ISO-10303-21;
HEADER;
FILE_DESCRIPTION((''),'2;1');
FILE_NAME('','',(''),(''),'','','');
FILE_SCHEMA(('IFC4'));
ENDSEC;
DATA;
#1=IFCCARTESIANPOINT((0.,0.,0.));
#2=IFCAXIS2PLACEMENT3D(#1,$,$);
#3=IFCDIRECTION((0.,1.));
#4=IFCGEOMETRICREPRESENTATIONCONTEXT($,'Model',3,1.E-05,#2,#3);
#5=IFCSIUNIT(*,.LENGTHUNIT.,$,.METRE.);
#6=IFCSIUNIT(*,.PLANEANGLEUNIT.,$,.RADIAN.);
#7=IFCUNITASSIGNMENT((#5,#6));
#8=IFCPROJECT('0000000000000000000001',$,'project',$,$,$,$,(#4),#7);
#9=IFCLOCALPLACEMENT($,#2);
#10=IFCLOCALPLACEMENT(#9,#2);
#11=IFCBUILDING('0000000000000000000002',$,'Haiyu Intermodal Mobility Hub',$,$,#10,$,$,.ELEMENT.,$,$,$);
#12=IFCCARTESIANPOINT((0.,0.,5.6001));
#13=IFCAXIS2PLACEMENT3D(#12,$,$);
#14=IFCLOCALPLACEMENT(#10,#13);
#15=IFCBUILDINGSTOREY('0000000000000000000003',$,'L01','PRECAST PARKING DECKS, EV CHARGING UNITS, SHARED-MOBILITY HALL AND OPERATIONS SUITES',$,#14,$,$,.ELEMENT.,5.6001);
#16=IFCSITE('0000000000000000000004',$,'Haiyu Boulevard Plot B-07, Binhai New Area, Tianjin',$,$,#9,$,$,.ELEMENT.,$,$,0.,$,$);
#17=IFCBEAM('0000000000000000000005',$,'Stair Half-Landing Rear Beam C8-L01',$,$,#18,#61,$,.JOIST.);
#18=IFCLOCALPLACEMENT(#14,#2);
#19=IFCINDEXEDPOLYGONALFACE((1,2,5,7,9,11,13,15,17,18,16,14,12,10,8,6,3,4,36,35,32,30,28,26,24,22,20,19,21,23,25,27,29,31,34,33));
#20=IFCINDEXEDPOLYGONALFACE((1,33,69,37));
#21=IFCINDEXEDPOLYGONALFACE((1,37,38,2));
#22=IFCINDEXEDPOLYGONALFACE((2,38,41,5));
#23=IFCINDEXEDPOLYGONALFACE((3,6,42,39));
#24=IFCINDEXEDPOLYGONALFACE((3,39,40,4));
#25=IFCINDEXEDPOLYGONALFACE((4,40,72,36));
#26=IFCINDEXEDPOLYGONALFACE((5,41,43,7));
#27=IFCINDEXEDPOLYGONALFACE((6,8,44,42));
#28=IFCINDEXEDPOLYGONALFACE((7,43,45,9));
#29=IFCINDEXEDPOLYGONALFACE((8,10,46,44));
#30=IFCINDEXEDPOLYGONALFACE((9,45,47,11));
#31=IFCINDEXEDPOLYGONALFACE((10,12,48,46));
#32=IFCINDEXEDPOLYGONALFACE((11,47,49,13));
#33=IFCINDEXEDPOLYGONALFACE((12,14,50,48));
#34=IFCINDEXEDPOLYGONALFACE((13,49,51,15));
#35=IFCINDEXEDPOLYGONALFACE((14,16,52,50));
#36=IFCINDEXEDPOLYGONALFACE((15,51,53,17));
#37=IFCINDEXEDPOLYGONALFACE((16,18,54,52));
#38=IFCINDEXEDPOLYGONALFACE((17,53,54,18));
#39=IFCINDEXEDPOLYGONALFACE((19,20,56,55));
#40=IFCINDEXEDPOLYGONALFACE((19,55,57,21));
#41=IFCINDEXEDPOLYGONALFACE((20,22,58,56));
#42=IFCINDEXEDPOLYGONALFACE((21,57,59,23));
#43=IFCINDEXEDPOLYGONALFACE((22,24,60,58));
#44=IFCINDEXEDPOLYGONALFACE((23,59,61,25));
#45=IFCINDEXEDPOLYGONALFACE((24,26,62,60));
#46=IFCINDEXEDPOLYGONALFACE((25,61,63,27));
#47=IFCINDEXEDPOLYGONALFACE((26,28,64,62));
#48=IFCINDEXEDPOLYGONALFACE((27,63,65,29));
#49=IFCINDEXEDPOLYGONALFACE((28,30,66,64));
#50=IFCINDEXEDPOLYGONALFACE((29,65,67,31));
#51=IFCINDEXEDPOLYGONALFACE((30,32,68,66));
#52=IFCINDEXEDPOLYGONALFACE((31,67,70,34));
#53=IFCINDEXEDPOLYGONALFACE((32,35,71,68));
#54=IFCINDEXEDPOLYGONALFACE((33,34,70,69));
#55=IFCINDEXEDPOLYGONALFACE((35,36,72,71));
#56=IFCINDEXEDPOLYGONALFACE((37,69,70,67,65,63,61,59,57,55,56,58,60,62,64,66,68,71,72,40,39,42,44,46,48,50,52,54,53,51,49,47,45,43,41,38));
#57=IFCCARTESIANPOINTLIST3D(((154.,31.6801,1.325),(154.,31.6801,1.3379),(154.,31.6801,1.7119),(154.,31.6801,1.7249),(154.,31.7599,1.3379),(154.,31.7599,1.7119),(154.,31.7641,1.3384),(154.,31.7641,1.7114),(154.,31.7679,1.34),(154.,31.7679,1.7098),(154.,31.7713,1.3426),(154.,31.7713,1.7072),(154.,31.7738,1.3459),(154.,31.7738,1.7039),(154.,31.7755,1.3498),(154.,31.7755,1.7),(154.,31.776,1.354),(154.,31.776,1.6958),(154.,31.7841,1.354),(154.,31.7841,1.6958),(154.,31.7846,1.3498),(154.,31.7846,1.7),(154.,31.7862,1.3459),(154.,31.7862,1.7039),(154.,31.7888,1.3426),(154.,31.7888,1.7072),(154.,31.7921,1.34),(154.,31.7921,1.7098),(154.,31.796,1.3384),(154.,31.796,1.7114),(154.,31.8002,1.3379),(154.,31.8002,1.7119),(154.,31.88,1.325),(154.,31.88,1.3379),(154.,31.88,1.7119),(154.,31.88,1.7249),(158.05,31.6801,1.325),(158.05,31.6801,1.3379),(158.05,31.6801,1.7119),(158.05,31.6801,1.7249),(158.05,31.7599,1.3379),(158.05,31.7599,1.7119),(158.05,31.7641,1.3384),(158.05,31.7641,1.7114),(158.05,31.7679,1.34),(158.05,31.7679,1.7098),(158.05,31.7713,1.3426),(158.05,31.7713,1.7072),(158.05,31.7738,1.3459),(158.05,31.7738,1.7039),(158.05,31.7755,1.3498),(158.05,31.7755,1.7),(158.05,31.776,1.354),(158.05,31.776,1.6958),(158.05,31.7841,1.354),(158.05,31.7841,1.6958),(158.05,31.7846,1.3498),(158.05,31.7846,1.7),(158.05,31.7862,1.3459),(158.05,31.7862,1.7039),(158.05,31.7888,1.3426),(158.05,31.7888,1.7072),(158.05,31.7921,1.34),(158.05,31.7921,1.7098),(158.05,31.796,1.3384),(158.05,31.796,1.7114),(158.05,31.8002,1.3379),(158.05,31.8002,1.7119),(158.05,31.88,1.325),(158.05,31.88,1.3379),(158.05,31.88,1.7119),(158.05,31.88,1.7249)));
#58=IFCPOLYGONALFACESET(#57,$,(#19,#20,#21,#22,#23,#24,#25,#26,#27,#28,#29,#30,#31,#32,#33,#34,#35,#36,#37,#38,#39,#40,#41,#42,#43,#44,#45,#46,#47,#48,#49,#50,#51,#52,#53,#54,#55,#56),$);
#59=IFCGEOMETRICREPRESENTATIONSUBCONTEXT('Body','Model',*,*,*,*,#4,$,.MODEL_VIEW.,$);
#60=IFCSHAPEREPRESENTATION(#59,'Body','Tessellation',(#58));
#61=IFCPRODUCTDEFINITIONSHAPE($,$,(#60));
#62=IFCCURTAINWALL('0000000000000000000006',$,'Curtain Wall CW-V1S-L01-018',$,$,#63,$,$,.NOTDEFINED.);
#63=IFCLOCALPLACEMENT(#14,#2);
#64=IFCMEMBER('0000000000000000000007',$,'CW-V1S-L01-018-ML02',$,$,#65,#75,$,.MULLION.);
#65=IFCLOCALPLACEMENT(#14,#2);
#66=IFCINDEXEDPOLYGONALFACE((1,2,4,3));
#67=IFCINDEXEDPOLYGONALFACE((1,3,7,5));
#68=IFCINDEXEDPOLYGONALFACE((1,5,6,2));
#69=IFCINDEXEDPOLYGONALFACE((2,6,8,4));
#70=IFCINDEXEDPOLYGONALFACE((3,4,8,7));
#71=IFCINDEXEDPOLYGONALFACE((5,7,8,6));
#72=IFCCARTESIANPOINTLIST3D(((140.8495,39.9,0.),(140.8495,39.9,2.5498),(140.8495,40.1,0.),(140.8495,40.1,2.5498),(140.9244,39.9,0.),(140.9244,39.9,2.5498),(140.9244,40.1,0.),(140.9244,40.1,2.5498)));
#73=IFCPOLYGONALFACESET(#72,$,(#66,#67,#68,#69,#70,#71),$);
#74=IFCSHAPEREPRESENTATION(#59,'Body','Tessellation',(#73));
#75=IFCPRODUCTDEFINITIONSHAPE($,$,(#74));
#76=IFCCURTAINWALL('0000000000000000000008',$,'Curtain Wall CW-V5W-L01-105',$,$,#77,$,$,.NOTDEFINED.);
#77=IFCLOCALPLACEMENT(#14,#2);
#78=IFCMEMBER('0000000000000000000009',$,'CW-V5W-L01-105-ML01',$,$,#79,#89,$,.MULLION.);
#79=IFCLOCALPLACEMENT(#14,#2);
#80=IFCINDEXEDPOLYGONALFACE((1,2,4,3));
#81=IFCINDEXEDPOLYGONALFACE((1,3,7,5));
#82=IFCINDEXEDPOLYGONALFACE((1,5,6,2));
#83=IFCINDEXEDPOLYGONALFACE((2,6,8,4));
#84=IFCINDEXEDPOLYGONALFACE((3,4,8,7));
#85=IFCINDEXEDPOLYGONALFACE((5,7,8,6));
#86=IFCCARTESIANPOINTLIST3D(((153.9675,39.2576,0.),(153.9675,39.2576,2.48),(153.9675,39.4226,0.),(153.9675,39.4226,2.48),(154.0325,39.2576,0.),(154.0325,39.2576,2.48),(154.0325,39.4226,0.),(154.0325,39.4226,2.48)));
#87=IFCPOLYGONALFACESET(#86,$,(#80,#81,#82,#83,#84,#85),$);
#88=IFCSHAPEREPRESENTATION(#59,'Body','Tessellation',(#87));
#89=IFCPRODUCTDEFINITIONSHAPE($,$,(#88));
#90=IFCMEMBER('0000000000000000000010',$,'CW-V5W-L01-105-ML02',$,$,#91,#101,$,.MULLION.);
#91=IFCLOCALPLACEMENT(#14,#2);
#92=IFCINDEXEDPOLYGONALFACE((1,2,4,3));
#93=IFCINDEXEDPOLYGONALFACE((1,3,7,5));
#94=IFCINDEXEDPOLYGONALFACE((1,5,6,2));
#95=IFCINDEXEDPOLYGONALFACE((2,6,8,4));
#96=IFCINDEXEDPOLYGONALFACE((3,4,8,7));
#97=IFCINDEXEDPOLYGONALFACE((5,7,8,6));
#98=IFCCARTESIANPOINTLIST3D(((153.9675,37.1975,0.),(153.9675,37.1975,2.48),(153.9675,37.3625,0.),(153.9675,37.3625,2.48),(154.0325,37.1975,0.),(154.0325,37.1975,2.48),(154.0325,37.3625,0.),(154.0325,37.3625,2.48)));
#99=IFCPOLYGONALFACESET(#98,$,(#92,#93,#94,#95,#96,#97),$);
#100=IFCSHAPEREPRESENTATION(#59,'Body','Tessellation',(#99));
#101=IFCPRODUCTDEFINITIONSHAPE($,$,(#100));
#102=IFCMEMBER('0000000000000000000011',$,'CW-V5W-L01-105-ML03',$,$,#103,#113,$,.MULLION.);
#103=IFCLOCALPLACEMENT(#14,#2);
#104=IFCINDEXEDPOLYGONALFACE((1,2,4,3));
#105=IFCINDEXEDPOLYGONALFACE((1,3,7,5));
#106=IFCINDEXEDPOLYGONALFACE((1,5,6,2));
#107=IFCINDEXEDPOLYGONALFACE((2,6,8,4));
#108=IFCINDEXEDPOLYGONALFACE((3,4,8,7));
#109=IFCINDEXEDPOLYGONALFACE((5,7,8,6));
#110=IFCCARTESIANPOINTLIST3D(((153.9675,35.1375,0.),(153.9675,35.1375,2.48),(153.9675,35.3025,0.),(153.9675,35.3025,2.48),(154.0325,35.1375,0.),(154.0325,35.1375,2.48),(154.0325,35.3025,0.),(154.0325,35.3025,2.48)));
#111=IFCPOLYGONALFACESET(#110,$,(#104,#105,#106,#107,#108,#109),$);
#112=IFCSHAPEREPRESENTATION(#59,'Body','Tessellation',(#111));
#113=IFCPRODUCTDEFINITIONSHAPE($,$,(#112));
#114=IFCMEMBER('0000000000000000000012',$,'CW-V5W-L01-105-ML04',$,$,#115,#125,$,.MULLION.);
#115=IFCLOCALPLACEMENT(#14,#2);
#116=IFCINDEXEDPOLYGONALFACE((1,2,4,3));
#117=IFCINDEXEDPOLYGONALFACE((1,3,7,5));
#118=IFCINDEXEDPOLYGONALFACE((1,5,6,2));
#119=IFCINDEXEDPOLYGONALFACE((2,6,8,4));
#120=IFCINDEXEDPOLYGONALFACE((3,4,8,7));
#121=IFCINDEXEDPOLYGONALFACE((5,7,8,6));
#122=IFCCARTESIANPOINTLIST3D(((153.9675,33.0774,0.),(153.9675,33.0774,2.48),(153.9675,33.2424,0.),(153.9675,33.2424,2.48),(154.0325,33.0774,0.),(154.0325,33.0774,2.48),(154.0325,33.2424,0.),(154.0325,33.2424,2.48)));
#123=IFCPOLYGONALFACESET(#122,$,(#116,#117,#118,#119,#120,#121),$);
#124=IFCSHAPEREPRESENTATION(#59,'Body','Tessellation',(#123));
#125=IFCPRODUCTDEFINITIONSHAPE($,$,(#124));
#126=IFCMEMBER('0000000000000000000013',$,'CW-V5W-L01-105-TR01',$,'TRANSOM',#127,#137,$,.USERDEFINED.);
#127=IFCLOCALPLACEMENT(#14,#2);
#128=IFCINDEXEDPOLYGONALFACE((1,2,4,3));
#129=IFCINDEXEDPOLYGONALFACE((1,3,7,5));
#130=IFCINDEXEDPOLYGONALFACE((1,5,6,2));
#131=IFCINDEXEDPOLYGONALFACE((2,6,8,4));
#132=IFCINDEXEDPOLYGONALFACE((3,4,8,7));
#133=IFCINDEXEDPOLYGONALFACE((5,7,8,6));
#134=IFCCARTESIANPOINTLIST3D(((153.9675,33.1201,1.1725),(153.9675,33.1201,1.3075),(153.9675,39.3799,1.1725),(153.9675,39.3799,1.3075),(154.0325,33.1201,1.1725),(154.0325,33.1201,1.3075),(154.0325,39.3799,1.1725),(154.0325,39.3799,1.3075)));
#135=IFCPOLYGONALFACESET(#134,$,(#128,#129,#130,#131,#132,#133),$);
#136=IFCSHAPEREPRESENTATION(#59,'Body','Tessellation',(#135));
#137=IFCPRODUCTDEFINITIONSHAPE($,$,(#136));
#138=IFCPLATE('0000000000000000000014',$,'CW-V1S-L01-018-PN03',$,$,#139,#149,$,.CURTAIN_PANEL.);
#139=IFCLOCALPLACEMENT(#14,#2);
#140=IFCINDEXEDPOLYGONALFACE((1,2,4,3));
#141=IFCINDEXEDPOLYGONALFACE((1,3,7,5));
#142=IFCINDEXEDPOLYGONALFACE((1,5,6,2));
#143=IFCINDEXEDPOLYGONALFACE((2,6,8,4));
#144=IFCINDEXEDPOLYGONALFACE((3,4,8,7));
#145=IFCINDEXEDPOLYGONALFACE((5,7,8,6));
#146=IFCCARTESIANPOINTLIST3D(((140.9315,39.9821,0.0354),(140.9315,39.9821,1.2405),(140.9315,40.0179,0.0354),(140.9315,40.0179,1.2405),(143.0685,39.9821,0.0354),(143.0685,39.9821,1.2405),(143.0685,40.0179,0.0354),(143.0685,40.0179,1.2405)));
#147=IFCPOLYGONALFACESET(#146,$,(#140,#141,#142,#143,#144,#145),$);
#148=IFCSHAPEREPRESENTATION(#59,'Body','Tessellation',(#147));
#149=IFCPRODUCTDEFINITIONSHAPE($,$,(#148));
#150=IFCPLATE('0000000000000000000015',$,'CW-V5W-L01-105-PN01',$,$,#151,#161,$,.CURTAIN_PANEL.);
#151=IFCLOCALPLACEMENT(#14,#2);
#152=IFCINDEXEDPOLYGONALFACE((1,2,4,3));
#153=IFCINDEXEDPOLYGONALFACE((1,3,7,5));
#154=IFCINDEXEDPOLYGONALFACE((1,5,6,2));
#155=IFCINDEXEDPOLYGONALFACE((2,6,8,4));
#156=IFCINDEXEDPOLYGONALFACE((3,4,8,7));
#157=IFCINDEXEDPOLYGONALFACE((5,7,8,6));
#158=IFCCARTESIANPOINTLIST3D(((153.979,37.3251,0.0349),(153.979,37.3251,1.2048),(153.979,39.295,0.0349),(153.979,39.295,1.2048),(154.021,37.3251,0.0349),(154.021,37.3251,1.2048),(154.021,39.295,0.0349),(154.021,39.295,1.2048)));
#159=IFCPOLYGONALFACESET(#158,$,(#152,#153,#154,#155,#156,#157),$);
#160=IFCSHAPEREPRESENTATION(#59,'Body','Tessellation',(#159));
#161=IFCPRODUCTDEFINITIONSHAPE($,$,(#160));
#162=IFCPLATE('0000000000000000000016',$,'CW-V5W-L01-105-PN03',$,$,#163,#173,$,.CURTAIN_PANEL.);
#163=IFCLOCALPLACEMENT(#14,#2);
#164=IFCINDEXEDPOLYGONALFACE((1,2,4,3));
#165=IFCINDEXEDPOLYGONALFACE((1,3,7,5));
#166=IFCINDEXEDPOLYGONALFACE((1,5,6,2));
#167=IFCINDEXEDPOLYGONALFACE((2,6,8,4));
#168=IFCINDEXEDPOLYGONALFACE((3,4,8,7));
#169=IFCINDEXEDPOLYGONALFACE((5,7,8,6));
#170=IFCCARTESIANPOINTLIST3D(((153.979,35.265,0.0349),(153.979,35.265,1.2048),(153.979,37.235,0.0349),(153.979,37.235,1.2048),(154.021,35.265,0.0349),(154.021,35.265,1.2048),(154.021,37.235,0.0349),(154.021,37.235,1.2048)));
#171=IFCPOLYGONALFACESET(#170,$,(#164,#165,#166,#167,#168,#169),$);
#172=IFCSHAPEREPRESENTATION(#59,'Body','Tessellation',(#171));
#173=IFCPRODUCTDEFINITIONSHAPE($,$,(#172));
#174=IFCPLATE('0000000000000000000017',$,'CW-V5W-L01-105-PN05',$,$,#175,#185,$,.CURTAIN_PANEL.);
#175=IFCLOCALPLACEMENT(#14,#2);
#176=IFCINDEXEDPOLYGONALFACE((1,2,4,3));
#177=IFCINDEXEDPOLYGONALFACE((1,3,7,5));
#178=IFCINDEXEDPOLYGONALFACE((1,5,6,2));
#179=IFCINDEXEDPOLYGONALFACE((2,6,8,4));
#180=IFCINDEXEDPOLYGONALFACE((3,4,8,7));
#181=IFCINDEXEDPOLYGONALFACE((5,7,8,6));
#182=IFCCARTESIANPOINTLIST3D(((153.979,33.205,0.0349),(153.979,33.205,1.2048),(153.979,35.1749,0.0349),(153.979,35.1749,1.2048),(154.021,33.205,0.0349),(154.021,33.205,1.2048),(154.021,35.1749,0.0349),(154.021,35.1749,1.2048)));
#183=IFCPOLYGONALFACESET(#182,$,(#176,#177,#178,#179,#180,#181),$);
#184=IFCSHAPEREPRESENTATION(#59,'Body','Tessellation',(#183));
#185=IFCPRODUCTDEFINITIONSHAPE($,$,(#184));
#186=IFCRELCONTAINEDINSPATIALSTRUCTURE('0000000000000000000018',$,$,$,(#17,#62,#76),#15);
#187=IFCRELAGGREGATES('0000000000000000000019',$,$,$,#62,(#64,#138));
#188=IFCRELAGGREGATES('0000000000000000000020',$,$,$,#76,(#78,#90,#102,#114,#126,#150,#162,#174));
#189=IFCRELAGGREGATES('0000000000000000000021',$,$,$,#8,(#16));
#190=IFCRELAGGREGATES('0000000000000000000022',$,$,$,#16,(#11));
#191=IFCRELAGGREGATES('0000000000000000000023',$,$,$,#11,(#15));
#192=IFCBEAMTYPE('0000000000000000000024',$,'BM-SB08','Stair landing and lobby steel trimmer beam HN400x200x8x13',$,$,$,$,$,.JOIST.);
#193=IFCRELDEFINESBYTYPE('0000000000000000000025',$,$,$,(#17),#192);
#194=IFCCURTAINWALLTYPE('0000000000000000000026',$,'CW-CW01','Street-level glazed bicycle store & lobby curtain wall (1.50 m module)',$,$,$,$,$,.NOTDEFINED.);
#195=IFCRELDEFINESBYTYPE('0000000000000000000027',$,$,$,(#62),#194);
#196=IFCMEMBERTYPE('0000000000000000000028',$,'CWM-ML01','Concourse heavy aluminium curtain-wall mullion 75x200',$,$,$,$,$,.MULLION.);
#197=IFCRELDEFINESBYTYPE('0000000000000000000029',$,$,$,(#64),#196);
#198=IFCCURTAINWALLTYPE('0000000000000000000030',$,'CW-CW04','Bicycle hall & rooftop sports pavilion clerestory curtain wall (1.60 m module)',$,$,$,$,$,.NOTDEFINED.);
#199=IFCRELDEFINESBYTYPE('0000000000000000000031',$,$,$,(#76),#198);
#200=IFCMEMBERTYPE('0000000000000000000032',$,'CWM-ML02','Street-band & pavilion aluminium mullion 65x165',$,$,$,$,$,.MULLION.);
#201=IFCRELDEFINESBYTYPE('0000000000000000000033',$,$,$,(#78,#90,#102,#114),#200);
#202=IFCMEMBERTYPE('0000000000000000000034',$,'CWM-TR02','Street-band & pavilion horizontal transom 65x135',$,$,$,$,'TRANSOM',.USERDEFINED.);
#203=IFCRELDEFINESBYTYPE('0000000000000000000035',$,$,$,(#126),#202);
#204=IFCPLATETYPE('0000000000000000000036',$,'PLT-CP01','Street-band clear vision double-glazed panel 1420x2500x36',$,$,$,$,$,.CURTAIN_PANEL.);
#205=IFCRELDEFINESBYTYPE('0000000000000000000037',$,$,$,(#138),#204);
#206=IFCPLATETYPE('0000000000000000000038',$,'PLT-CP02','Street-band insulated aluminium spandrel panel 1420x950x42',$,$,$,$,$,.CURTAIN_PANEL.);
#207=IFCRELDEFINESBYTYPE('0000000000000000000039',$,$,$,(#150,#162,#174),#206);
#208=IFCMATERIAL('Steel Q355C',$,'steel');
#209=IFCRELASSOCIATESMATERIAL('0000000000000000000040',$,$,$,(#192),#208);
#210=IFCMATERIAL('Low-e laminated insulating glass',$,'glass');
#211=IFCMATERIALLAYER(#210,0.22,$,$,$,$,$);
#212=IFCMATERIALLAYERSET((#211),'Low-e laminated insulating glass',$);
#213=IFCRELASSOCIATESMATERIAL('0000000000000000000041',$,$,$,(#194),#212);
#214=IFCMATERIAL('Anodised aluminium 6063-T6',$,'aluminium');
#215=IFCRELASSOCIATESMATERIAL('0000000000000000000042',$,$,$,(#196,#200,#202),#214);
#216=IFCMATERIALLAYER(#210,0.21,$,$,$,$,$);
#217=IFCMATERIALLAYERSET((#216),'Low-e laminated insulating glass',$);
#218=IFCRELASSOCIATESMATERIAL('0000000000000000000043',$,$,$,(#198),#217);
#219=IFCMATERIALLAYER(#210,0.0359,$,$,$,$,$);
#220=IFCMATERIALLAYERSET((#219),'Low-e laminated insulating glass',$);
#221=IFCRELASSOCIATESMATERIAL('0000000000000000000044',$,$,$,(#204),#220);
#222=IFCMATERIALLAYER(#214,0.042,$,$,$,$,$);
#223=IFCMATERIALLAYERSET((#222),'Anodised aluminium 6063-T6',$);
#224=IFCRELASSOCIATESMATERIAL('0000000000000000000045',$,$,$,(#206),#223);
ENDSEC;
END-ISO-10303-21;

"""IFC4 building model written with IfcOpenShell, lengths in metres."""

from ifc_helpers import new_model, si_unit, direction, frame, origin, origin_2d, place, context, subcontext, project, spatial, rectangle, i_section, extrude, material, layer, layer_set, material_profile, profile_set, type_object, element, aggregate, save


model = new_model("IFC4")

# Units and contexts
model_context = context("Model", 3, precision=1e-05, world=origin(), true_north=direction((0.0, 1.0)))
body_context = subcontext(model_context, "Body", "Model", "MODEL_VIEW")
ifc_project = project(units=[si_unit("LENGTHUNIT", "METRE"), si_unit("PLANEANGLEUNIT", "RADIAN")], contexts=[model_context])

# Site, building, storey
site_placement = place(None, origin())
site = spatial("IfcSite", under=ifc_project, at=site_placement, Name="Haiyu Boulevard Plot B-07, Binhai New Area, Tianjin", CompositionType="ELEMENT", RefElevation=0.0)
building_placement = place(site_placement, origin())
building = spatial("IfcBuilding", under=site, at=building_placement, Name="Haiyu Intermodal Mobility Hub", CompositionType="ELEMENT")
storey_placement = place(building_placement, frame((0.0, 0.0, 5.6001)))
storey = spatial("IfcBuildingStorey", under=building, at=storey_placement, Name="L01", Description="PRECAST PARKING DECKS, EV CHARGING UNITS, SHARED-MOBILITY HALL AND OPERATIONS SUITES", CompositionType="ELEMENT", Elevation=5.6001)

# Beam
ifc_material_1 = material(Name="Steel Q355C", Category="steel")
ifc_material_profile_1 = material_profile(ifc_material_1, i_section(OverallWidth=0.2, OverallDepth=0.3999, WebThickness=0.0081, FlangeThickness=0.0129, FilletRadius=0.0161, at=origin_2d()), Name="HN400x200x8x13")
ifc_profile_set_1 = profile_set([ifc_material_profile_1], Name="Steel Q355C")
beam_type_1 = type_object("IfcBeamType", Name="BM-SB08", Description="Stair landing and lobby steel trimmer beam HN400x200x8x13", PredefinedType="JOIST", material=ifc_profile_set_1)
for number, where, z_axis, x_axis, name in (
    (1, (154.0, 31.78, 1.5249), (1.0, 0.0, 0.0), (0.0, 1.0, 0.0), "Stair Half-Landing Rear Beam C8-L01"),
):
    element("IfcBeam", number, at=place(storey_placement, frame(where, z_axis=z_axis, x_axis=x_axis)), inside=storey, type_object=beam_type_1, Name=name, PredefinedType="JOIST", context=body_context, shape_type="SweptSolid", body=[
        extrude(i_section(OverallWidth=0.2, OverallDepth=0.3999, WebThickness=0.0081, FlangeThickness=0.0129, FilletRadius=0.0161, at=origin_2d()), origin(), (0.0, 0.0, 1.0), 4.05),
    ])

# Curtain wall, member
ifc_material_2 = material(Name="Low-e laminated insulating glass", Category="glass")
ifc_layer_1 = layer(ifc_material_2, 0.22)
ifc_layer_set_1 = layer_set([ifc_layer_1], Name="Low-e laminated insulating glass")
curtain_wall_type_1 = type_object("IfcCurtainWallType", Name="CW-CW01", Description="Street-level glazed bicycle store & lobby curtain wall (1.50 m module)", PredefinedType="NOTDEFINED", material=ifc_layer_set_1)
curtain_wall_1_placement = place(storey_placement, origin())
curtain_wall_1 = element("IfcCurtainWall", 2, at=curtain_wall_1_placement, inside=storey, type_object=curtain_wall_type_1, Name="Curtain Wall CW-V1S-L01-018", PredefinedType="NOTDEFINED")
ifc_material_3 = material(Name="Anodised aluminium 6063-T6", Category="aluminium")
ifc_material_profile_2 = material_profile(ifc_material_3, rectangle(XDim=0.075, YDim=0.2, at=origin_2d()), Name="ALU75x200")
ifc_profile_set_2 = profile_set([ifc_material_profile_2], Name="Anodised aluminium 6063-T6")
member_type_1 = type_object("IfcMemberType", Name="CWM-ML01", Description="Concourse heavy aluminium curtain-wall mullion 75x200", PredefinedType="MULLION", material=ifc_profile_set_2)
member_1_placement = place(storey_placement, frame((140.887, 40.0, 0.0), z_axis=(0.0, 0.0, 1.0), x_axis=(1.0, 0.0, 0.0)))
member_1 = element("IfcMember", 3, at=member_1_placement, type_object=member_type_1, Name="CW-V1S-L01-018-ML02", PredefinedType="MULLION", context=body_context, shape_type="SweptSolid", body=[
    extrude(rectangle(XDim=0.075, YDim=0.2, at=origin_2d()), origin(), (0.0, 0.0, 1.0), 2.5498),
])

# Curtain wall, members
ifc_layer_2 = layer(ifc_material_2, 0.21)
ifc_layer_set_2 = layer_set([ifc_layer_2], Name="Low-e laminated insulating glass")
curtain_wall_type_2 = type_object("IfcCurtainWallType", Name="CW-CW04", Description="Bicycle hall & rooftop sports pavilion clerestory curtain wall (1.60 m module)", PredefinedType="NOTDEFINED", material=ifc_layer_set_2)
curtain_wall_2_placement = place(storey_placement, origin())
curtain_wall_2 = element("IfcCurtainWall", 4, at=curtain_wall_2_placement, inside=storey, type_object=curtain_wall_type_2, Name="Curtain Wall CW-V5W-L01-105", PredefinedType="NOTDEFINED")
ifc_material_profile_3 = material_profile(ifc_material_3, rectangle(XDim=0.0649, YDim=0.165, at=origin_2d()), Name="ALU65x165")
ifc_profile_set_3 = profile_set([ifc_material_profile_3], Name="Anodised aluminium 6063-T6")
member_type_2 = type_object("IfcMemberType", Name="CWM-ML02", Description="Street-band & pavilion aluminium mullion 65x165", PredefinedType="MULLION", material=ifc_profile_set_3)
member_2_placement = place(storey_placement, frame((154.0, 39.3401, 0.0), z_axis=(0.0, 0.0, 1.0), x_axis=(1.0, 0.0, 0.0)))
member_2 = element("IfcMember", 5, at=member_2_placement, type_object=member_type_2, Name="CW-V5W-L01-105-ML01", PredefinedType="MULLION", context=body_context, shape_type="SweptSolid", body=[
    extrude(rectangle(XDim=0.0649, YDim=0.165, at=origin_2d()), origin(), (0.0, 0.0, 1.0), 2.48),
])
member_3_placement = place(storey_placement, frame((154.0, 37.28, 0.0), z_axis=(0.0, 0.0, 1.0), x_axis=(1.0, 0.0, 0.0)))
member_3 = element("IfcMember", 6, at=member_3_placement, type_object=member_type_2, Name="CW-V5W-L01-105-ML02", PredefinedType="MULLION", context=body_context, shape_type="SweptSolid", body=[
    extrude(rectangle(XDim=0.0649, YDim=0.165, at=origin_2d()), origin(), (0.0, 0.0, 1.0), 2.48),
])
member_4_placement = place(storey_placement, frame((154.0, 35.22, 0.0), z_axis=(0.0, 0.0, 1.0), x_axis=(1.0, 0.0, 0.0)))
member_4 = element("IfcMember", 7, at=member_4_placement, type_object=member_type_2, Name="CW-V5W-L01-105-ML03", PredefinedType="MULLION", context=body_context, shape_type="SweptSolid", body=[
    extrude(rectangle(XDim=0.0649, YDim=0.165, at=origin_2d()), origin(), (0.0, 0.0, 1.0), 2.48),
])
member_5_placement = place(storey_placement, frame((154.0, 33.1599, 0.0), z_axis=(0.0, 0.0, 1.0), x_axis=(1.0, 0.0, 0.0)))
member_5 = element("IfcMember", 8, at=member_5_placement, type_object=member_type_2, Name="CW-V5W-L01-105-ML04", PredefinedType="MULLION", context=body_context, shape_type="SweptSolid", body=[
    extrude(rectangle(XDim=0.0649, YDim=0.165, at=origin_2d()), origin(), (0.0, 0.0, 1.0), 2.48),
])
ifc_material_profile_4 = material_profile(ifc_material_3, rectangle(XDim=0.0649, YDim=0.135, at=origin_2d()), Name="ALU65x135")
ifc_profile_set_4 = profile_set([ifc_material_profile_4], Name="Anodised aluminium 6063-T6")
member_type_3 = type_object("IfcMemberType", Name="CWM-TR02", Description="Street-band & pavilion horizontal transom 65x135", ElementType="TRANSOM", PredefinedType="USERDEFINED", material=ifc_profile_set_4)
member_6_placement = place(storey_placement, frame((154.0, 39.3799, 1.24), z_axis=(0.0, -1.0, 0.0), x_axis=(1.0, 0.0, 0.0)))
member_6 = element("IfcMember", 9, at=member_6_placement, type_object=member_type_3, Name="CW-V5W-L01-105-TR01", ObjectType="TRANSOM", PredefinedType="USERDEFINED", context=body_context, shape_type="SweptSolid", body=[
    extrude(rectangle(XDim=0.0649, YDim=0.135, at=origin_2d()), origin(), (0.0, 0.0, 1.0), 6.2598),
])

# Plates
ifc_layer_3 = layer(ifc_material_2, 0.0359)
ifc_layer_set_3 = layer_set([ifc_layer_3], Name="Low-e laminated insulating glass")
plate_type_1 = type_object("IfcPlateType", Name="PLT-CP01", Description="Street-band clear vision double-glazed panel 1420x2500x36", PredefinedType="CURTAIN_PANEL", material=ifc_layer_set_3)
plate_1_placement = place(storey_placement, frame((142.0, 40.0, 0.0354), z_axis=(0.0, 0.0, 1.0), x_axis=(1.0, 0.0, 0.0)))
plate_1 = element("IfcPlate", 10, at=plate_1_placement, type_object=plate_type_1, Name="CW-V1S-L01-018-PN03", PredefinedType="CURTAIN_PANEL", context=body_context, shape_type="SweptSolid", body=[
    extrude(rectangle(XDim=2.137, YDim=0.0359, at=origin_2d()), origin(), (0.0, 0.0, 1.0), 1.2051),
])
ifc_layer_4 = layer(ifc_material_3, 0.042)
ifc_layer_set_4 = layer_set([ifc_layer_4], Name="Anodised aluminium 6063-T6")
plate_type_2 = type_object("IfcPlateType", Name="PLT-CP02", Description="Street-band insulated aluminium spandrel panel 1420x950x42", PredefinedType="CURTAIN_PANEL", material=ifc_layer_set_4)
plate_2_placement = place(storey_placement, frame((154.0, 38.3101, 0.0349), z_axis=(0.0, 0.0, 1.0), x_axis=(0.0, -1.0, 0.0)))
plate_2 = element("IfcPlate", 11, at=plate_2_placement, type_object=plate_type_2, Name="CW-V5W-L01-105-PN01", PredefinedType="CURTAIN_PANEL", context=body_context, shape_type="SweptSolid", body=[
    extrude(rectangle(XDim=1.97, YDim=0.042, at=origin_2d()), origin(), (0.0, 0.0, 1.0), 1.1699),
])
plate_3_placement = place(storey_placement, frame((154.0, 36.25, 0.0349), z_axis=(0.0, 0.0, 1.0), x_axis=(0.0, -1.0, 0.0)))
plate_3 = element("IfcPlate", 12, at=plate_3_placement, type_object=plate_type_2, Name="CW-V5W-L01-105-PN03", PredefinedType="CURTAIN_PANEL", context=body_context, shape_type="SweptSolid", body=[
    extrude(rectangle(XDim=1.97, YDim=0.042, at=origin_2d()), origin(), (0.0, 0.0, 1.0), 1.1699),
])
plate_4_placement = place(storey_placement, frame((154.0, 34.1899, 0.0349), z_axis=(0.0, 0.0, 1.0), x_axis=(0.0, -1.0, 0.0)))
plate_4 = element("IfcPlate", 13, at=plate_4_placement, type_object=plate_type_2, Name="CW-V5W-L01-105-PN05", PredefinedType="CURTAIN_PANEL", context=body_context, shape_type="SweptSolid", body=[
    extrude(rectangle(XDim=1.97, YDim=0.042, at=origin_2d()), origin(), (0.0, 0.0, 1.0), 1.1699),
])
aggregate(curtain_wall_1, [member_1, plate_1])
aggregate(curtain_wall_2, [member_2, member_3, member_4, member_5, member_6, plate_2, plate_3, plate_4])

save(model, "model.ifc")
